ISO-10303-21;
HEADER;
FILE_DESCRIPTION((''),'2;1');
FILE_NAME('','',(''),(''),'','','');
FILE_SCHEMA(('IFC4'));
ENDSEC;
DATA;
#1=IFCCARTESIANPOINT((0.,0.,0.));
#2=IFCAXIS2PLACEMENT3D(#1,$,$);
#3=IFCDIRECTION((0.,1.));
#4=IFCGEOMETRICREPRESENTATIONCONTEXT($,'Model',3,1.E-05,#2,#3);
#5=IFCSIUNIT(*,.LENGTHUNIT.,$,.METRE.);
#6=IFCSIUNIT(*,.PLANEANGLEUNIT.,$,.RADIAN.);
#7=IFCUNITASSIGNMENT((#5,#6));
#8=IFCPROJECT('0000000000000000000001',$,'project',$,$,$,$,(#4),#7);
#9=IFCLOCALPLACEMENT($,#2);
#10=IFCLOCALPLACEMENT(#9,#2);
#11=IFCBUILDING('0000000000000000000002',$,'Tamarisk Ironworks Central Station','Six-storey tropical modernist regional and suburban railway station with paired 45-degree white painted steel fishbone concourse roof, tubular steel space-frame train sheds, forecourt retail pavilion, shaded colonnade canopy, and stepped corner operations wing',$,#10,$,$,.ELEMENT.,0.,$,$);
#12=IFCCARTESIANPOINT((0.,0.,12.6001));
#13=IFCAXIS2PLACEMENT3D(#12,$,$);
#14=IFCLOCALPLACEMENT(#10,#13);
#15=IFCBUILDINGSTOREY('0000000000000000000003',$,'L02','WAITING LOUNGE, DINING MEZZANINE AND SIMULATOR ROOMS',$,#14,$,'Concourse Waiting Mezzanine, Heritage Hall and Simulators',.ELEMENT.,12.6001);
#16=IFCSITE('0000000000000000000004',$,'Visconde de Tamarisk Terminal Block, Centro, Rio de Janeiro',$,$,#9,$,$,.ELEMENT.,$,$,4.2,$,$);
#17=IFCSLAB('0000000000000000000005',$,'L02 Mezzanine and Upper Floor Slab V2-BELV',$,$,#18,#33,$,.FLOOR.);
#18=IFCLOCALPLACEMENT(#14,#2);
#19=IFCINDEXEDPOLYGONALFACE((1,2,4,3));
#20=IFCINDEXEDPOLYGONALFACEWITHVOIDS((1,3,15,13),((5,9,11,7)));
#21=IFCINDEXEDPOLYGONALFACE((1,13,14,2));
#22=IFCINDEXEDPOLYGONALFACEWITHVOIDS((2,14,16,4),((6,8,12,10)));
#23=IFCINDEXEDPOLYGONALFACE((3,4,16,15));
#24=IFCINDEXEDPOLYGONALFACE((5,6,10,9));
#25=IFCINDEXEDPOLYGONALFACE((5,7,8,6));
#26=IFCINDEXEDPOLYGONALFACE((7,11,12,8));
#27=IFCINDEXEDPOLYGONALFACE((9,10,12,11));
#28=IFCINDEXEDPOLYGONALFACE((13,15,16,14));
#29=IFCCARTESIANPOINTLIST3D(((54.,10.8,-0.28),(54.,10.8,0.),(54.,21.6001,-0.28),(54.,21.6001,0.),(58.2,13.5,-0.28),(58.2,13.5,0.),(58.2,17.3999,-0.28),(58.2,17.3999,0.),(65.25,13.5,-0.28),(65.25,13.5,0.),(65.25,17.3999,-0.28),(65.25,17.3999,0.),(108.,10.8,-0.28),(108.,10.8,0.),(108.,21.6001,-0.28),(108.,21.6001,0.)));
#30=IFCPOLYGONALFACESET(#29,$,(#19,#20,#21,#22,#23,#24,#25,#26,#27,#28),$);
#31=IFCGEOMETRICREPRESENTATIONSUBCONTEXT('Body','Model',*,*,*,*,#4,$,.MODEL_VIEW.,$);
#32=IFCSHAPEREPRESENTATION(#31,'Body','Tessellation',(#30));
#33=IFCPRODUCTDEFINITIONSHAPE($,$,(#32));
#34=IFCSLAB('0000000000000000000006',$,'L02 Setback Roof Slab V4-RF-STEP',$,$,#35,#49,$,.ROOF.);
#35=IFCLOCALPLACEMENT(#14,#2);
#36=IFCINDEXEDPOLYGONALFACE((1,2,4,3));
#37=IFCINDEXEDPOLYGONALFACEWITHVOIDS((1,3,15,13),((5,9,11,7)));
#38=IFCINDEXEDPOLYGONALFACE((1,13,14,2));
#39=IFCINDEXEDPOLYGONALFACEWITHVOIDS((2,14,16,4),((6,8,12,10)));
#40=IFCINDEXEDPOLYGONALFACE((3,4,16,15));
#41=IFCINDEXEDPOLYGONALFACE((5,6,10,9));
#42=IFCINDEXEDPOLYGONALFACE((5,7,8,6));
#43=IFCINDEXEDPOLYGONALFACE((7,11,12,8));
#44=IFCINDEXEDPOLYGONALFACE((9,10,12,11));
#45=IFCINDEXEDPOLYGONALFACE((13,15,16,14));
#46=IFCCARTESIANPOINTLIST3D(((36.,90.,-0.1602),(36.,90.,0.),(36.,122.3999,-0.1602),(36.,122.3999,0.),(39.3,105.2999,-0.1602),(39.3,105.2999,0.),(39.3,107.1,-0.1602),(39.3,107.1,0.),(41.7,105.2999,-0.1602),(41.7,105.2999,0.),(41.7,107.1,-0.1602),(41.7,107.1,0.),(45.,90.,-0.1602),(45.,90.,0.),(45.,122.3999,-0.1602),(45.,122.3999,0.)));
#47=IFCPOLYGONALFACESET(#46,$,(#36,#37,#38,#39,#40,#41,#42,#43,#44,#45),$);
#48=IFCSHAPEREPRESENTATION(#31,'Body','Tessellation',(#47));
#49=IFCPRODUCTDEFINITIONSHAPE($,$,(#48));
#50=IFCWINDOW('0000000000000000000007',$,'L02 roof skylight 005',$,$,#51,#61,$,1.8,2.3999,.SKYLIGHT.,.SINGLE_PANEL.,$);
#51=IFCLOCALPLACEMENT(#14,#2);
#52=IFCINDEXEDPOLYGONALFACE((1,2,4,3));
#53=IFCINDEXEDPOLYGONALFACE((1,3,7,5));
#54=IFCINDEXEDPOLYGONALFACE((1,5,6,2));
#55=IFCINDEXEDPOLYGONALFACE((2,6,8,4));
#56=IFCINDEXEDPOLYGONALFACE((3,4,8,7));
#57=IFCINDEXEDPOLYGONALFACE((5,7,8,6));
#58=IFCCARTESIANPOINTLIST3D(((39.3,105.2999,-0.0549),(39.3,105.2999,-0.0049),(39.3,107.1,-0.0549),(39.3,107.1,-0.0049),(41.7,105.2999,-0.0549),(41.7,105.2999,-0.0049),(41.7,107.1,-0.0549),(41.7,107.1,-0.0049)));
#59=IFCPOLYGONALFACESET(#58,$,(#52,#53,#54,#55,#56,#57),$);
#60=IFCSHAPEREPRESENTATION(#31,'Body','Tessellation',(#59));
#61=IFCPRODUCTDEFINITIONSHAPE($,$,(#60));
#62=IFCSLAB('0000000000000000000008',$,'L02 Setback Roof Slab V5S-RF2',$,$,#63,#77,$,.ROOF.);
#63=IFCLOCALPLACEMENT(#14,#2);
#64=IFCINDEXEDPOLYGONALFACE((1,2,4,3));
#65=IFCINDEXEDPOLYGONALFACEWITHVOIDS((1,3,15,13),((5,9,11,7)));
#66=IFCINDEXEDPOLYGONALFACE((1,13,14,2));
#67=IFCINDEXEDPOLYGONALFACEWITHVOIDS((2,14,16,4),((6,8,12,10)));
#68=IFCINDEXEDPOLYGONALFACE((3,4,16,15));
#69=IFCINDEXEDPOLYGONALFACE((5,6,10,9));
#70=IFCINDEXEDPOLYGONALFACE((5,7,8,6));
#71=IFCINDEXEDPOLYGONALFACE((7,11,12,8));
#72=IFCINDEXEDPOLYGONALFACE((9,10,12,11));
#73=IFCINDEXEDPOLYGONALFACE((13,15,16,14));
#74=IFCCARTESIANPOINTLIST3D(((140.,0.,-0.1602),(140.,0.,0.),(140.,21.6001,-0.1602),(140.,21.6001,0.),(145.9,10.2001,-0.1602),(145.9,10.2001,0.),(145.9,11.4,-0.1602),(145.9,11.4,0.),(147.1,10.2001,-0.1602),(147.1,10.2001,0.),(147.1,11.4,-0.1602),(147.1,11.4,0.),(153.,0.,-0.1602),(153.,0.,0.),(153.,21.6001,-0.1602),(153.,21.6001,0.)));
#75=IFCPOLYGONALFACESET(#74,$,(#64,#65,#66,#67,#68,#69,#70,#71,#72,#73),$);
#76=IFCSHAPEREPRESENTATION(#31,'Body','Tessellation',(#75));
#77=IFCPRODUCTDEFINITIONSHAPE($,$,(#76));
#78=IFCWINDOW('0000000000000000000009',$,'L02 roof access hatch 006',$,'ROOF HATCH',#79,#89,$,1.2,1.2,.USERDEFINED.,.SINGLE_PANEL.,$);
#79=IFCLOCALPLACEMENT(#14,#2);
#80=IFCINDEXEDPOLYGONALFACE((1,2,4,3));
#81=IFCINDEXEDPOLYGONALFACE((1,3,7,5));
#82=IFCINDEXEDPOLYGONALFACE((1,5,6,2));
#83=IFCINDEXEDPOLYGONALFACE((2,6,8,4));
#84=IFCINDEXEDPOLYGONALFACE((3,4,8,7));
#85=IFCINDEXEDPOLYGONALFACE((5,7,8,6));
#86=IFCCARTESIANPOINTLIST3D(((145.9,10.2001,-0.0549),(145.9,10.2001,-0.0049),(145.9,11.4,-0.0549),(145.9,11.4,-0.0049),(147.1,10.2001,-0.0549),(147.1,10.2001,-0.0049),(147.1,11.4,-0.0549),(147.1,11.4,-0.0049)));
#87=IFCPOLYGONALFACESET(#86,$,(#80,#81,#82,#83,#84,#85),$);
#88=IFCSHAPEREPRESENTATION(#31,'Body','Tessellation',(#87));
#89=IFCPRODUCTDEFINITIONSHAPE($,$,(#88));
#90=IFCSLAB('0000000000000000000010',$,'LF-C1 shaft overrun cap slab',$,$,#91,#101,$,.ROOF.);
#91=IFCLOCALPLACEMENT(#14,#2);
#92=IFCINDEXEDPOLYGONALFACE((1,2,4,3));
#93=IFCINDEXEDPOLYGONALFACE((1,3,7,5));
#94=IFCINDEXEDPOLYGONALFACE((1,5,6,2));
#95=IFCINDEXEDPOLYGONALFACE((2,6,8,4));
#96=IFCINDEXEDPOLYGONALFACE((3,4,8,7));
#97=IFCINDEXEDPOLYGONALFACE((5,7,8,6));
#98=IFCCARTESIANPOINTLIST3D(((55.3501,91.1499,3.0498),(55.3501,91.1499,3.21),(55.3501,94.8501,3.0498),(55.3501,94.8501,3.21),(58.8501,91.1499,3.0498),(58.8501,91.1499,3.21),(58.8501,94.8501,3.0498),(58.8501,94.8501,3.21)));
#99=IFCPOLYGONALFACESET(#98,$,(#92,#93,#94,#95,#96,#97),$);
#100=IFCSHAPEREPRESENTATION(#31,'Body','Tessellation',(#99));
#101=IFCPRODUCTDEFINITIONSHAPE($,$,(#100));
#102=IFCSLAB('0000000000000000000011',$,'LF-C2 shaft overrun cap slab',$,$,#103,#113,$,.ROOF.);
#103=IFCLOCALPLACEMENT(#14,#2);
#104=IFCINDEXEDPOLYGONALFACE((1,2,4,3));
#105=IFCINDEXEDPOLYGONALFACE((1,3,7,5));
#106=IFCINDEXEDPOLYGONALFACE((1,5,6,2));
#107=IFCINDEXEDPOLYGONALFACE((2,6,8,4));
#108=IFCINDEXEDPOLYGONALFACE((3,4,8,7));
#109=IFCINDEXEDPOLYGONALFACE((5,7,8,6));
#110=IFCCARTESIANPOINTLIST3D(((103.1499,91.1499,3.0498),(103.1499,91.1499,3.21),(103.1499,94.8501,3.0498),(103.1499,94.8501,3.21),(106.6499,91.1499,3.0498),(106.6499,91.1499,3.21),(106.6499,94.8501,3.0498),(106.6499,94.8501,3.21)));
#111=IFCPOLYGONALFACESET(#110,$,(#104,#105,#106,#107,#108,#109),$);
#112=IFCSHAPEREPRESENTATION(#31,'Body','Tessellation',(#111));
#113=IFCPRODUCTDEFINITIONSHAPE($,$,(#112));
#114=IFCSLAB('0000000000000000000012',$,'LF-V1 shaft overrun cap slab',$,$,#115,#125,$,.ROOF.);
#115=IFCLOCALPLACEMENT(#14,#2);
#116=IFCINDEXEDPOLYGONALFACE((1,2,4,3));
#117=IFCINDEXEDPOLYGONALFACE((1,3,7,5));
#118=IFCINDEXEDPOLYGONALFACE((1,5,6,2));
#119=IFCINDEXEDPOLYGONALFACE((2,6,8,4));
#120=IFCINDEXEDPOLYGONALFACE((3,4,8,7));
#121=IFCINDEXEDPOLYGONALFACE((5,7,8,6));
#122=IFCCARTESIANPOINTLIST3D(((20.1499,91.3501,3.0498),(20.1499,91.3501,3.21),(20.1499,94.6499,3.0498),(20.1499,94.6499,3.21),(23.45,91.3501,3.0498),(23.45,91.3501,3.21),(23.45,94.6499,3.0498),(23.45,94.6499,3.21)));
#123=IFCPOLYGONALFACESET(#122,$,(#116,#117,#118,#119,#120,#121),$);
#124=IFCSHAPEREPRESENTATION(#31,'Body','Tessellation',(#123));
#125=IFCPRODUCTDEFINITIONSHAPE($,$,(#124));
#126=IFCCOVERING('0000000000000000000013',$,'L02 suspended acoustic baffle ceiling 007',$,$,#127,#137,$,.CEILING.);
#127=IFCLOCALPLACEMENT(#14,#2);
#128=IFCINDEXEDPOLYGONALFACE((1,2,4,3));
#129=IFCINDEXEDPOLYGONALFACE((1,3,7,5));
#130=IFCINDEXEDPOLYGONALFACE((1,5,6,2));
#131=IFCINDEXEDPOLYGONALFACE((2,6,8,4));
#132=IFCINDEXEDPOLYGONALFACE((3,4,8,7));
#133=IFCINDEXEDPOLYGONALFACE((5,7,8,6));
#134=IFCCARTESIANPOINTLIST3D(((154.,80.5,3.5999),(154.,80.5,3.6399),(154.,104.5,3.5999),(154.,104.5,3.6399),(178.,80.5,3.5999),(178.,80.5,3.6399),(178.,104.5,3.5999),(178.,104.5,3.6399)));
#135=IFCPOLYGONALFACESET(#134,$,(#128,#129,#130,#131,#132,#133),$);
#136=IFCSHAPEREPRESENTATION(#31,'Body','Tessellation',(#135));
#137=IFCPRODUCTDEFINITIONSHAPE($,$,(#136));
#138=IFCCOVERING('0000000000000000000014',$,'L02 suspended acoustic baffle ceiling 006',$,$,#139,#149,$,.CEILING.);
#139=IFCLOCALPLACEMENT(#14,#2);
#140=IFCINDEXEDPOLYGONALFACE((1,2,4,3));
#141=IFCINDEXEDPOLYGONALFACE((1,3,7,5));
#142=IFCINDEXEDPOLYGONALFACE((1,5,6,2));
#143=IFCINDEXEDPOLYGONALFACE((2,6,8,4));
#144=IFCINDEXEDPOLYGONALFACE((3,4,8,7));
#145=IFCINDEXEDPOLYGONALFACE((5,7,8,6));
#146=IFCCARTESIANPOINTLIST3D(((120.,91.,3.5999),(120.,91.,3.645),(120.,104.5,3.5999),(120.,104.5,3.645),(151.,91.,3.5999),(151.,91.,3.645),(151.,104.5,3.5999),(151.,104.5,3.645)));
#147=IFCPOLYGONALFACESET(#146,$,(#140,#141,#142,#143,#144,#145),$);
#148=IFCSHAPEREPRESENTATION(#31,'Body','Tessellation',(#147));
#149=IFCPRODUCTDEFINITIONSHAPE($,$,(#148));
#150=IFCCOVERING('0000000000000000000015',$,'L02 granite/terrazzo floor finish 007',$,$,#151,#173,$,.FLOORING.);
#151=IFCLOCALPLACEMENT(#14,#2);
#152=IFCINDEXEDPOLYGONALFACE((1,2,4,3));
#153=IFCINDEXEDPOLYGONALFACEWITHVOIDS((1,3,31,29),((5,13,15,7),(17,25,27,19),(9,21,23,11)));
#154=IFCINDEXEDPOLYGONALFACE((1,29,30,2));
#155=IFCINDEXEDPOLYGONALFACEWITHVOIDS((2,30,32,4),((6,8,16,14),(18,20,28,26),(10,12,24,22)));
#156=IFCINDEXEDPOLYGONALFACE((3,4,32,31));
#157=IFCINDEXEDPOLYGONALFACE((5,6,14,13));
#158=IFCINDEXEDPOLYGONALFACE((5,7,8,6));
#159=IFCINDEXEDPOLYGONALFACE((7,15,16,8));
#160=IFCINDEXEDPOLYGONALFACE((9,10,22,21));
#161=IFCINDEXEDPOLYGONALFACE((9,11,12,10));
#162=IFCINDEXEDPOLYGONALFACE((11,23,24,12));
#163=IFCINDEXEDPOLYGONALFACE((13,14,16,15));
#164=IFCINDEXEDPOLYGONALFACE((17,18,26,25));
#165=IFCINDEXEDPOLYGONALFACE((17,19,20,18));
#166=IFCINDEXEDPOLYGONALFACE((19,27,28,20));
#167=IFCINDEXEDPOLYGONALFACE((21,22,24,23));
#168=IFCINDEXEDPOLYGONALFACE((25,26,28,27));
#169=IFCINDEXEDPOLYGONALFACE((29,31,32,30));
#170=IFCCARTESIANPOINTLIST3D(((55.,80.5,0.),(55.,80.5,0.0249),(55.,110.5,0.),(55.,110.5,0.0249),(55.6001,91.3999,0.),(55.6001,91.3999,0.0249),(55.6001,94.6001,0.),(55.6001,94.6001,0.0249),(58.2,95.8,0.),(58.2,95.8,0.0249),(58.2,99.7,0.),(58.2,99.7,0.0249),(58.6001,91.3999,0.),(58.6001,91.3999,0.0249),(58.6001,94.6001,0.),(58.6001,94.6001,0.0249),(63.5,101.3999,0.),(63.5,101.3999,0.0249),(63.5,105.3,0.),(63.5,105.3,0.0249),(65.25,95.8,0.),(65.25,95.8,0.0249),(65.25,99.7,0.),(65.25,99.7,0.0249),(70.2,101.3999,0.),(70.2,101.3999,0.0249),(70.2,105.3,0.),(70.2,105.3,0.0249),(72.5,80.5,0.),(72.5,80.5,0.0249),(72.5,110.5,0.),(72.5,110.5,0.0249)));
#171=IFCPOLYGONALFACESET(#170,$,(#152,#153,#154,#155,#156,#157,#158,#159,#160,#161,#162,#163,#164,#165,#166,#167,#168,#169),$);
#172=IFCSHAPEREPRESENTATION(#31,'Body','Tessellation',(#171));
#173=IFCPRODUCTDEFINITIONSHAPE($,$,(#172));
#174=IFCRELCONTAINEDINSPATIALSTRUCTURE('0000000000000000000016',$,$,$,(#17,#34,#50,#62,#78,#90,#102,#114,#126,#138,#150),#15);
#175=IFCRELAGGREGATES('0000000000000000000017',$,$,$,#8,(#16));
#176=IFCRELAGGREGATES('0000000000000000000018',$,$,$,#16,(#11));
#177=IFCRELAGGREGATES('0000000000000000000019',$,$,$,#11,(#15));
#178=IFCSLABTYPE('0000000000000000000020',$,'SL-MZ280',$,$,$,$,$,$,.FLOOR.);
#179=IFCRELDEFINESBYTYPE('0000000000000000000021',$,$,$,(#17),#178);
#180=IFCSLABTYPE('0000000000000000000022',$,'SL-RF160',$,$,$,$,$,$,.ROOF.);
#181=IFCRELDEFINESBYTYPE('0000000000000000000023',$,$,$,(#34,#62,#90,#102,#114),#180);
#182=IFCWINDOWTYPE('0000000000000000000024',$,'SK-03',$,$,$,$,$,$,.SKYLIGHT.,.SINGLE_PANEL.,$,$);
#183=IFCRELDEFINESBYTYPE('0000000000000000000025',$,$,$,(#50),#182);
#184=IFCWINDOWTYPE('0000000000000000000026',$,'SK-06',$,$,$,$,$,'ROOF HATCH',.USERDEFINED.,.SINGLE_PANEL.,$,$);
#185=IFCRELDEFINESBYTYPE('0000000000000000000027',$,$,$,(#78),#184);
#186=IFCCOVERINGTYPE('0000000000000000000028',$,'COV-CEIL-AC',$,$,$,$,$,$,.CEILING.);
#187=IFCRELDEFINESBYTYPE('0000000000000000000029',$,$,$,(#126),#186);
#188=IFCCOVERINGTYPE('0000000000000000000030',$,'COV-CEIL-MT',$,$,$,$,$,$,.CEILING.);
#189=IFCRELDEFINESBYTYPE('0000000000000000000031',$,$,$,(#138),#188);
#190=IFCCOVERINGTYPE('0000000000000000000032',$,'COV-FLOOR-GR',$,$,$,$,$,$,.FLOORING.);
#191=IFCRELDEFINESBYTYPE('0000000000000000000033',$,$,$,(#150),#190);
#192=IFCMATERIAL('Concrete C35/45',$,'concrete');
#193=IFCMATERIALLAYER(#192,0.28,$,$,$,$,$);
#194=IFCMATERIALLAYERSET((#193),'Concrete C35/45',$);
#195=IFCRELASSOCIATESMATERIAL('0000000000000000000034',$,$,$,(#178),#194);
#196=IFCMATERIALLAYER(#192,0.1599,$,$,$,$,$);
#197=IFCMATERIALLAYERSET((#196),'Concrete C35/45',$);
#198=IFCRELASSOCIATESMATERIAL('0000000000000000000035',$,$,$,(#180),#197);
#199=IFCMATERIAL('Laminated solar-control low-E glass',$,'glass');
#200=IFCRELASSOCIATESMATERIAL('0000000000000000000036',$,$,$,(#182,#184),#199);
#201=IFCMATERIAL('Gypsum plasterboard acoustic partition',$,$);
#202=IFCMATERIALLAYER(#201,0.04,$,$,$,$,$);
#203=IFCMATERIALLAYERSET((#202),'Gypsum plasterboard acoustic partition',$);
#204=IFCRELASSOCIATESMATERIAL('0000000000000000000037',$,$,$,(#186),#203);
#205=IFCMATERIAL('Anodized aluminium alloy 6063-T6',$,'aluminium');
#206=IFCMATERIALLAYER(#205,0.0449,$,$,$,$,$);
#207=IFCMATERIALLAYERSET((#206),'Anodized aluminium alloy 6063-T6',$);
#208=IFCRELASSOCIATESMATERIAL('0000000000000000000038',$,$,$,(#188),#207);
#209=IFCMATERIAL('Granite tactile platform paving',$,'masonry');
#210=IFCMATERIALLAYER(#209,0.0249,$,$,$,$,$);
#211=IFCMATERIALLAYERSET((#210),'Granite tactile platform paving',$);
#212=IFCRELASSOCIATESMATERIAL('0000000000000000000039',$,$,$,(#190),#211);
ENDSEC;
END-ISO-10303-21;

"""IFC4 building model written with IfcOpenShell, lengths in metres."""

from ifc_helpers import new_model, si_unit, direction, frame, origin, origin_2d, place, context, subcontext, project, spatial, polyline, rectangle, outline, extrude, material, layer, layer_set, type_object, element, fill, save


model = new_model("IFC4")

# Units and contexts
model_context = context("Model", 3, precision=1e-05, world=origin(), true_north=direction((0.0, 1.0)))
body_context = subcontext(model_context, "Body", "Model", "MODEL_VIEW")
ifc_project = project(units=[si_unit("LENGTHUNIT", "METRE"), si_unit("PLANEANGLEUNIT", "RADIAN")], contexts=[model_context])

# Site, building, storey
site_placement = place(None, origin())
site = spatial("IfcSite", under=ifc_project, at=site_placement, Name="Visconde de Tamarisk Terminal Block, Centro, Rio de Janeiro", CompositionType="ELEMENT", RefElevation=4.2)
building_placement = place(site_placement, origin())
building = spatial("IfcBuilding", under=site, at=building_placement, Name="Tamarisk Ironworks Central Station", Description="Six-storey tropical modernist regional and suburban railway station with paired 45-degree white painted steel fishbone concourse roof, tubular steel space-frame train sheds, forecourt retail pavilion, shaded colonnade canopy, and stepped corner operations wing", CompositionType="ELEMENT", ElevationOfRefHeight=0.0)
storey_placement = place(building_placement, frame((0.0, 0.0, 12.6001)))
storey = spatial("IfcBuildingStorey", under=building, at=storey_placement, Name="L02", Description="WAITING LOUNGE, DINING MEZZANINE AND SIMULATOR ROOMS", LongName="Concourse Waiting Mezzanine, Heritage Hall and Simulators", CompositionType="ELEMENT", Elevation=12.6001)

# Shared definitions
ifc_material_1 = material(Name="Anodized aluminium alloy 6063-T6", Category="aluminium")

# Shared definitions
ifc_material_2 = material(Name="Concrete C35/45", Category="concrete")

# Slab
ifc_layer_1 = layer(ifc_material_2, 0.28)
ifc_layer_set_1 = layer_set([ifc_layer_1], Name="Concrete C35/45")
slab_type_1 = type_object("IfcSlabType", Name="SL-MZ280", PredefinedType="FLOOR", material=ifc_layer_set_1)
slab_1_placement = place(storey_placement, frame((0.0, 0.0, -0.28)))
element("IfcSlab", 1, at=slab_1_placement, inside=storey, type_object=slab_type_1, Name="L02 Mezzanine and Upper Floor Slab V2-BELV", PredefinedType="FLOOR", context=body_context, shape_type="SweptSolid", body=[
    extrude(outline(polyline([(54.0, 10.8), (108.0, 10.8), (108.0, 21.6001), (54.0, 21.6001), (54.0, 10.8)]), holes=[polyline([(58.2, 13.5), (65.25, 13.5), (65.25, 17.3999), (58.2, 17.3999), (58.2, 13.5)])]), origin(), (0.0, 0.0, 1.0), 0.28),
])

# Slabs, openings, windows
ifc_layer_2 = layer(ifc_material_2, 0.1599)
ifc_layer_set_2 = layer_set([ifc_layer_2], Name="Concrete C35/45")
slab_type_2 = type_object("IfcSlabType", Name="SL-RF160", PredefinedType="ROOF", material=ifc_layer_set_2)
slab_2_placement = place(storey_placement, frame((0.0, 0.0, -0.1602)))
slab_2 = element("IfcSlab", 2, at=slab_2_placement, inside=storey, type_object=slab_type_2, Name="L02 Setback Roof Slab V4-RF-STEP", PredefinedType="ROOF", context=body_context, shape_type="SweptSolid", body=[
    extrude(outline(polyline([(36.0, 90.0), (45.0, 90.0), (45.0, 122.3999), (36.0, 122.3999), (36.0, 90.0)])), origin(), (0.0, 0.0, 1.0), 0.1602),
])
opening_1_placement = place(slab_2_placement, frame((40.5, 106.2, 0.0)))
opening_1 = element("IfcOpeningElement", 3, at=opening_1_placement, cuts=slab_2, PredefinedType="OPENING", context=body_context, shape_type="SweptSolid", body=[
    extrude(rectangle(XDim=2.3999, YDim=1.8, at=origin_2d()), frame((0.0, 0.0, -0.012)), (0.0, 0.0, 1.0), 0.1841),
])
ifc_material_3 = material(Name="Laminated solar-control low-E glass", Category="glass")
window_type_1 = type_object("IfcWindowType", Name="SK-03", PartitioningType="SINGLE_PANEL", PredefinedType="SKYLIGHT", material=ifc_material_3)
window_1_placement = place(opening_1_placement, frame((0.0, 0.0, 0.1052)))
window_1 = element("IfcWindow", 4, at=window_1_placement, inside=storey, type_object=window_type_1, Name="L02 roof skylight 005", OverallHeight=1.8, OverallWidth=2.3999, PartitioningType="SINGLE_PANEL", PredefinedType="SKYLIGHT", context=body_context, shape_type="SweptSolid", body=[
    extrude(rectangle(XDim=2.3999, YDim=1.8, at=origin_2d()), origin(), (0.0, 0.0, 1.0), 0.05),
])
fill(opening_1, window_1)
slab_3_placement = place(storey_placement, frame((0.0, 0.0, -0.1602)))
slab_3 = element("IfcSlab", 5, at=slab_3_placement, inside=storey, type_object=slab_type_2, Name="L02 Setback Roof Slab V5S-RF2", PredefinedType="ROOF", context=body_context, shape_type="SweptSolid", body=[
    extrude(outline(polyline([(140.0, 0.0), (153.0, 0.0), (153.0, 21.6001), (140.0, 21.6001), (140.0, 0.0)])), origin(), (0.0, 0.0, 1.0), 0.1602),
])
opening_2_placement = place(slab_3_placement, frame((146.5, 10.8, 0.0)))
opening_2 = element("IfcOpeningElement", 6, at=opening_2_placement, cuts=slab_3, PredefinedType="OPENING", context=body_context, shape_type="SweptSolid", body=[
    extrude(rectangle(XDim=1.2, YDim=1.2, at=origin_2d()), frame((0.0, 0.0, -0.012)), (0.0, 0.0, 1.0), 0.1841),
])
window_type_2 = type_object("IfcWindowType", Name="SK-06", ElementType="ROOF HATCH", PartitioningType="SINGLE_PANEL", PredefinedType="USERDEFINED", material=ifc_material_3)
window_2_placement = place(opening_2_placement, frame((0.0, 0.0, 0.1052)))
window_2 = element("IfcWindow", 7, at=window_2_placement, inside=storey, type_object=window_type_2, Name="L02 roof access hatch 006", ObjectType="ROOF HATCH", OverallHeight=1.2, OverallWidth=1.2, PartitioningType="SINGLE_PANEL", PredefinedType="USERDEFINED", context=body_context, shape_type="SweptSolid", body=[
    extrude(rectangle(XDim=1.2, YDim=1.2, at=origin_2d()), origin(), (0.0, 0.0, 1.0), 0.05),
])
fill(opening_2, window_2)

# Slabs
slab_4_placement = place(storey_placement, frame((0.0, 0.0, 3.0498)))
element("IfcSlab", 8, at=slab_4_placement, inside=storey, type_object=slab_type_2, Name="LF-C1 shaft overrun cap slab", PredefinedType="ROOF", context=body_context, shape_type="SweptSolid", body=[
    extrude(outline(polyline([(55.3501, 91.1499), (58.8501, 91.1499), (58.8501, 94.8501), (55.3501, 94.8501), (55.3501, 91.1499)])), origin(), (0.0, 0.0, 1.0), 0.1602),
])
slab_5_placement = place(storey_placement, frame((0.0, 0.0, 3.0498)))
element("IfcSlab", 9, at=slab_5_placement, inside=storey, type_object=slab_type_2, Name="LF-C2 shaft overrun cap slab", PredefinedType="ROOF", context=body_context, shape_type="SweptSolid", body=[
    extrude(outline(polyline([(103.1499, 91.1499), (106.6499, 91.1499), (106.6499, 94.8501), (103.1499, 94.8501), (103.1499, 91.1499)])), origin(), (0.0, 0.0, 1.0), 0.1602),
])
slab_6_placement = place(storey_placement, frame((0.0, 0.0, 3.0498)))
element("IfcSlab", 10, at=slab_6_placement, inside=storey, type_object=slab_type_2, Name="LF-V1 shaft overrun cap slab", PredefinedType="ROOF", context=body_context, shape_type="SweptSolid", body=[
    extrude(outline(polyline([(20.1499, 91.3501), (23.45, 91.3501), (23.45, 94.6499), (20.1499, 94.6499), (20.1499, 91.3501)])), origin(), (0.0, 0.0, 1.0), 0.1602),
])

# Coverings
ifc_material_4 = material(Name="Gypsum plasterboard acoustic partition")
ifc_layer_3 = layer(ifc_material_4, 0.04)
ifc_layer_set_3 = layer_set([ifc_layer_3], Name="Gypsum plasterboard acoustic partition")
covering_type_1 = type_object("IfcCoveringType", Name="COV-CEIL-AC", PredefinedType="CEILING", material=ifc_layer_set_3)
covering_1_placement = place(storey_placement, frame((0.0, 0.0, 3.5999)))
element("IfcCovering", 11, at=covering_1_placement, inside=storey, type_object=covering_type_1, Name="L02 suspended acoustic baffle ceiling 007", PredefinedType="CEILING", context=body_context, shape_type="SweptSolid", body=[
    extrude(outline(polyline([(154.0, 80.5), (178.0, 80.5), (178.0, 104.5), (154.0, 104.5), (154.0, 80.5)])), origin(), (0.0, 0.0, 1.0), 0.04),
])
ifc_layer_4 = layer(ifc_material_1, 0.0449)
ifc_layer_set_4 = layer_set([ifc_layer_4], Name="Anodized aluminium alloy 6063-T6")
covering_type_2 = type_object("IfcCoveringType", Name="COV-CEIL-MT", PredefinedType="CEILING", material=ifc_layer_set_4)
covering_2_placement = place(storey_placement, frame((0.0, 0.0, 3.5999)))
element("IfcCovering", 12, at=covering_2_placement, inside=storey, type_object=covering_type_2, Name="L02 suspended acoustic baffle ceiling 006", PredefinedType="CEILING", context=body_context, shape_type="SweptSolid", body=[
    extrude(outline(polyline([(120.0, 91.0), (151.0, 91.0), (151.0, 104.5), (120.0, 104.5), (120.0, 91.0)])), origin(), (0.0, 0.0, 1.0), 0.0452),
])
ifc_material_5 = material(Name="Granite tactile platform paving", Category="masonry")
ifc_layer_5 = layer(ifc_material_5, 0.0249)
ifc_layer_set_5 = layer_set([ifc_layer_5], Name="Granite tactile platform paving")
covering_type_3 = type_object("IfcCoveringType", Name="COV-FLOOR-GR", PredefinedType="FLOORING", material=ifc_layer_set_5)
covering_3_placement = place(storey_placement, origin())
element("IfcCovering", 13, at=covering_3_placement, inside=storey, type_object=covering_type_3, Name="L02 granite/terrazzo floor finish 007", PredefinedType="FLOORING", context=body_context, shape_type="SweptSolid", body=[
    extrude(outline(polyline([(55.0, 80.5), (72.5, 80.5), (72.5, 110.5), (55.0, 110.5), (55.0, 80.5)]), holes=[polyline([(58.2, 95.8), (65.25, 95.8), (65.25, 99.7), (58.2, 99.7), (58.2, 95.8)]), polyline([(63.5, 101.3999), (70.2, 101.3999), (70.2, 105.3), (63.5, 105.3), (63.5, 101.3999)]), polyline([(55.6001, 91.3999), (58.6001, 91.3999), (58.6001, 94.6001), (55.6001, 94.6001), (55.6001, 91.3999)])]), origin(), (0.0, 0.0, 1.0), 0.0249),
])

save(model, "model.ifc")
